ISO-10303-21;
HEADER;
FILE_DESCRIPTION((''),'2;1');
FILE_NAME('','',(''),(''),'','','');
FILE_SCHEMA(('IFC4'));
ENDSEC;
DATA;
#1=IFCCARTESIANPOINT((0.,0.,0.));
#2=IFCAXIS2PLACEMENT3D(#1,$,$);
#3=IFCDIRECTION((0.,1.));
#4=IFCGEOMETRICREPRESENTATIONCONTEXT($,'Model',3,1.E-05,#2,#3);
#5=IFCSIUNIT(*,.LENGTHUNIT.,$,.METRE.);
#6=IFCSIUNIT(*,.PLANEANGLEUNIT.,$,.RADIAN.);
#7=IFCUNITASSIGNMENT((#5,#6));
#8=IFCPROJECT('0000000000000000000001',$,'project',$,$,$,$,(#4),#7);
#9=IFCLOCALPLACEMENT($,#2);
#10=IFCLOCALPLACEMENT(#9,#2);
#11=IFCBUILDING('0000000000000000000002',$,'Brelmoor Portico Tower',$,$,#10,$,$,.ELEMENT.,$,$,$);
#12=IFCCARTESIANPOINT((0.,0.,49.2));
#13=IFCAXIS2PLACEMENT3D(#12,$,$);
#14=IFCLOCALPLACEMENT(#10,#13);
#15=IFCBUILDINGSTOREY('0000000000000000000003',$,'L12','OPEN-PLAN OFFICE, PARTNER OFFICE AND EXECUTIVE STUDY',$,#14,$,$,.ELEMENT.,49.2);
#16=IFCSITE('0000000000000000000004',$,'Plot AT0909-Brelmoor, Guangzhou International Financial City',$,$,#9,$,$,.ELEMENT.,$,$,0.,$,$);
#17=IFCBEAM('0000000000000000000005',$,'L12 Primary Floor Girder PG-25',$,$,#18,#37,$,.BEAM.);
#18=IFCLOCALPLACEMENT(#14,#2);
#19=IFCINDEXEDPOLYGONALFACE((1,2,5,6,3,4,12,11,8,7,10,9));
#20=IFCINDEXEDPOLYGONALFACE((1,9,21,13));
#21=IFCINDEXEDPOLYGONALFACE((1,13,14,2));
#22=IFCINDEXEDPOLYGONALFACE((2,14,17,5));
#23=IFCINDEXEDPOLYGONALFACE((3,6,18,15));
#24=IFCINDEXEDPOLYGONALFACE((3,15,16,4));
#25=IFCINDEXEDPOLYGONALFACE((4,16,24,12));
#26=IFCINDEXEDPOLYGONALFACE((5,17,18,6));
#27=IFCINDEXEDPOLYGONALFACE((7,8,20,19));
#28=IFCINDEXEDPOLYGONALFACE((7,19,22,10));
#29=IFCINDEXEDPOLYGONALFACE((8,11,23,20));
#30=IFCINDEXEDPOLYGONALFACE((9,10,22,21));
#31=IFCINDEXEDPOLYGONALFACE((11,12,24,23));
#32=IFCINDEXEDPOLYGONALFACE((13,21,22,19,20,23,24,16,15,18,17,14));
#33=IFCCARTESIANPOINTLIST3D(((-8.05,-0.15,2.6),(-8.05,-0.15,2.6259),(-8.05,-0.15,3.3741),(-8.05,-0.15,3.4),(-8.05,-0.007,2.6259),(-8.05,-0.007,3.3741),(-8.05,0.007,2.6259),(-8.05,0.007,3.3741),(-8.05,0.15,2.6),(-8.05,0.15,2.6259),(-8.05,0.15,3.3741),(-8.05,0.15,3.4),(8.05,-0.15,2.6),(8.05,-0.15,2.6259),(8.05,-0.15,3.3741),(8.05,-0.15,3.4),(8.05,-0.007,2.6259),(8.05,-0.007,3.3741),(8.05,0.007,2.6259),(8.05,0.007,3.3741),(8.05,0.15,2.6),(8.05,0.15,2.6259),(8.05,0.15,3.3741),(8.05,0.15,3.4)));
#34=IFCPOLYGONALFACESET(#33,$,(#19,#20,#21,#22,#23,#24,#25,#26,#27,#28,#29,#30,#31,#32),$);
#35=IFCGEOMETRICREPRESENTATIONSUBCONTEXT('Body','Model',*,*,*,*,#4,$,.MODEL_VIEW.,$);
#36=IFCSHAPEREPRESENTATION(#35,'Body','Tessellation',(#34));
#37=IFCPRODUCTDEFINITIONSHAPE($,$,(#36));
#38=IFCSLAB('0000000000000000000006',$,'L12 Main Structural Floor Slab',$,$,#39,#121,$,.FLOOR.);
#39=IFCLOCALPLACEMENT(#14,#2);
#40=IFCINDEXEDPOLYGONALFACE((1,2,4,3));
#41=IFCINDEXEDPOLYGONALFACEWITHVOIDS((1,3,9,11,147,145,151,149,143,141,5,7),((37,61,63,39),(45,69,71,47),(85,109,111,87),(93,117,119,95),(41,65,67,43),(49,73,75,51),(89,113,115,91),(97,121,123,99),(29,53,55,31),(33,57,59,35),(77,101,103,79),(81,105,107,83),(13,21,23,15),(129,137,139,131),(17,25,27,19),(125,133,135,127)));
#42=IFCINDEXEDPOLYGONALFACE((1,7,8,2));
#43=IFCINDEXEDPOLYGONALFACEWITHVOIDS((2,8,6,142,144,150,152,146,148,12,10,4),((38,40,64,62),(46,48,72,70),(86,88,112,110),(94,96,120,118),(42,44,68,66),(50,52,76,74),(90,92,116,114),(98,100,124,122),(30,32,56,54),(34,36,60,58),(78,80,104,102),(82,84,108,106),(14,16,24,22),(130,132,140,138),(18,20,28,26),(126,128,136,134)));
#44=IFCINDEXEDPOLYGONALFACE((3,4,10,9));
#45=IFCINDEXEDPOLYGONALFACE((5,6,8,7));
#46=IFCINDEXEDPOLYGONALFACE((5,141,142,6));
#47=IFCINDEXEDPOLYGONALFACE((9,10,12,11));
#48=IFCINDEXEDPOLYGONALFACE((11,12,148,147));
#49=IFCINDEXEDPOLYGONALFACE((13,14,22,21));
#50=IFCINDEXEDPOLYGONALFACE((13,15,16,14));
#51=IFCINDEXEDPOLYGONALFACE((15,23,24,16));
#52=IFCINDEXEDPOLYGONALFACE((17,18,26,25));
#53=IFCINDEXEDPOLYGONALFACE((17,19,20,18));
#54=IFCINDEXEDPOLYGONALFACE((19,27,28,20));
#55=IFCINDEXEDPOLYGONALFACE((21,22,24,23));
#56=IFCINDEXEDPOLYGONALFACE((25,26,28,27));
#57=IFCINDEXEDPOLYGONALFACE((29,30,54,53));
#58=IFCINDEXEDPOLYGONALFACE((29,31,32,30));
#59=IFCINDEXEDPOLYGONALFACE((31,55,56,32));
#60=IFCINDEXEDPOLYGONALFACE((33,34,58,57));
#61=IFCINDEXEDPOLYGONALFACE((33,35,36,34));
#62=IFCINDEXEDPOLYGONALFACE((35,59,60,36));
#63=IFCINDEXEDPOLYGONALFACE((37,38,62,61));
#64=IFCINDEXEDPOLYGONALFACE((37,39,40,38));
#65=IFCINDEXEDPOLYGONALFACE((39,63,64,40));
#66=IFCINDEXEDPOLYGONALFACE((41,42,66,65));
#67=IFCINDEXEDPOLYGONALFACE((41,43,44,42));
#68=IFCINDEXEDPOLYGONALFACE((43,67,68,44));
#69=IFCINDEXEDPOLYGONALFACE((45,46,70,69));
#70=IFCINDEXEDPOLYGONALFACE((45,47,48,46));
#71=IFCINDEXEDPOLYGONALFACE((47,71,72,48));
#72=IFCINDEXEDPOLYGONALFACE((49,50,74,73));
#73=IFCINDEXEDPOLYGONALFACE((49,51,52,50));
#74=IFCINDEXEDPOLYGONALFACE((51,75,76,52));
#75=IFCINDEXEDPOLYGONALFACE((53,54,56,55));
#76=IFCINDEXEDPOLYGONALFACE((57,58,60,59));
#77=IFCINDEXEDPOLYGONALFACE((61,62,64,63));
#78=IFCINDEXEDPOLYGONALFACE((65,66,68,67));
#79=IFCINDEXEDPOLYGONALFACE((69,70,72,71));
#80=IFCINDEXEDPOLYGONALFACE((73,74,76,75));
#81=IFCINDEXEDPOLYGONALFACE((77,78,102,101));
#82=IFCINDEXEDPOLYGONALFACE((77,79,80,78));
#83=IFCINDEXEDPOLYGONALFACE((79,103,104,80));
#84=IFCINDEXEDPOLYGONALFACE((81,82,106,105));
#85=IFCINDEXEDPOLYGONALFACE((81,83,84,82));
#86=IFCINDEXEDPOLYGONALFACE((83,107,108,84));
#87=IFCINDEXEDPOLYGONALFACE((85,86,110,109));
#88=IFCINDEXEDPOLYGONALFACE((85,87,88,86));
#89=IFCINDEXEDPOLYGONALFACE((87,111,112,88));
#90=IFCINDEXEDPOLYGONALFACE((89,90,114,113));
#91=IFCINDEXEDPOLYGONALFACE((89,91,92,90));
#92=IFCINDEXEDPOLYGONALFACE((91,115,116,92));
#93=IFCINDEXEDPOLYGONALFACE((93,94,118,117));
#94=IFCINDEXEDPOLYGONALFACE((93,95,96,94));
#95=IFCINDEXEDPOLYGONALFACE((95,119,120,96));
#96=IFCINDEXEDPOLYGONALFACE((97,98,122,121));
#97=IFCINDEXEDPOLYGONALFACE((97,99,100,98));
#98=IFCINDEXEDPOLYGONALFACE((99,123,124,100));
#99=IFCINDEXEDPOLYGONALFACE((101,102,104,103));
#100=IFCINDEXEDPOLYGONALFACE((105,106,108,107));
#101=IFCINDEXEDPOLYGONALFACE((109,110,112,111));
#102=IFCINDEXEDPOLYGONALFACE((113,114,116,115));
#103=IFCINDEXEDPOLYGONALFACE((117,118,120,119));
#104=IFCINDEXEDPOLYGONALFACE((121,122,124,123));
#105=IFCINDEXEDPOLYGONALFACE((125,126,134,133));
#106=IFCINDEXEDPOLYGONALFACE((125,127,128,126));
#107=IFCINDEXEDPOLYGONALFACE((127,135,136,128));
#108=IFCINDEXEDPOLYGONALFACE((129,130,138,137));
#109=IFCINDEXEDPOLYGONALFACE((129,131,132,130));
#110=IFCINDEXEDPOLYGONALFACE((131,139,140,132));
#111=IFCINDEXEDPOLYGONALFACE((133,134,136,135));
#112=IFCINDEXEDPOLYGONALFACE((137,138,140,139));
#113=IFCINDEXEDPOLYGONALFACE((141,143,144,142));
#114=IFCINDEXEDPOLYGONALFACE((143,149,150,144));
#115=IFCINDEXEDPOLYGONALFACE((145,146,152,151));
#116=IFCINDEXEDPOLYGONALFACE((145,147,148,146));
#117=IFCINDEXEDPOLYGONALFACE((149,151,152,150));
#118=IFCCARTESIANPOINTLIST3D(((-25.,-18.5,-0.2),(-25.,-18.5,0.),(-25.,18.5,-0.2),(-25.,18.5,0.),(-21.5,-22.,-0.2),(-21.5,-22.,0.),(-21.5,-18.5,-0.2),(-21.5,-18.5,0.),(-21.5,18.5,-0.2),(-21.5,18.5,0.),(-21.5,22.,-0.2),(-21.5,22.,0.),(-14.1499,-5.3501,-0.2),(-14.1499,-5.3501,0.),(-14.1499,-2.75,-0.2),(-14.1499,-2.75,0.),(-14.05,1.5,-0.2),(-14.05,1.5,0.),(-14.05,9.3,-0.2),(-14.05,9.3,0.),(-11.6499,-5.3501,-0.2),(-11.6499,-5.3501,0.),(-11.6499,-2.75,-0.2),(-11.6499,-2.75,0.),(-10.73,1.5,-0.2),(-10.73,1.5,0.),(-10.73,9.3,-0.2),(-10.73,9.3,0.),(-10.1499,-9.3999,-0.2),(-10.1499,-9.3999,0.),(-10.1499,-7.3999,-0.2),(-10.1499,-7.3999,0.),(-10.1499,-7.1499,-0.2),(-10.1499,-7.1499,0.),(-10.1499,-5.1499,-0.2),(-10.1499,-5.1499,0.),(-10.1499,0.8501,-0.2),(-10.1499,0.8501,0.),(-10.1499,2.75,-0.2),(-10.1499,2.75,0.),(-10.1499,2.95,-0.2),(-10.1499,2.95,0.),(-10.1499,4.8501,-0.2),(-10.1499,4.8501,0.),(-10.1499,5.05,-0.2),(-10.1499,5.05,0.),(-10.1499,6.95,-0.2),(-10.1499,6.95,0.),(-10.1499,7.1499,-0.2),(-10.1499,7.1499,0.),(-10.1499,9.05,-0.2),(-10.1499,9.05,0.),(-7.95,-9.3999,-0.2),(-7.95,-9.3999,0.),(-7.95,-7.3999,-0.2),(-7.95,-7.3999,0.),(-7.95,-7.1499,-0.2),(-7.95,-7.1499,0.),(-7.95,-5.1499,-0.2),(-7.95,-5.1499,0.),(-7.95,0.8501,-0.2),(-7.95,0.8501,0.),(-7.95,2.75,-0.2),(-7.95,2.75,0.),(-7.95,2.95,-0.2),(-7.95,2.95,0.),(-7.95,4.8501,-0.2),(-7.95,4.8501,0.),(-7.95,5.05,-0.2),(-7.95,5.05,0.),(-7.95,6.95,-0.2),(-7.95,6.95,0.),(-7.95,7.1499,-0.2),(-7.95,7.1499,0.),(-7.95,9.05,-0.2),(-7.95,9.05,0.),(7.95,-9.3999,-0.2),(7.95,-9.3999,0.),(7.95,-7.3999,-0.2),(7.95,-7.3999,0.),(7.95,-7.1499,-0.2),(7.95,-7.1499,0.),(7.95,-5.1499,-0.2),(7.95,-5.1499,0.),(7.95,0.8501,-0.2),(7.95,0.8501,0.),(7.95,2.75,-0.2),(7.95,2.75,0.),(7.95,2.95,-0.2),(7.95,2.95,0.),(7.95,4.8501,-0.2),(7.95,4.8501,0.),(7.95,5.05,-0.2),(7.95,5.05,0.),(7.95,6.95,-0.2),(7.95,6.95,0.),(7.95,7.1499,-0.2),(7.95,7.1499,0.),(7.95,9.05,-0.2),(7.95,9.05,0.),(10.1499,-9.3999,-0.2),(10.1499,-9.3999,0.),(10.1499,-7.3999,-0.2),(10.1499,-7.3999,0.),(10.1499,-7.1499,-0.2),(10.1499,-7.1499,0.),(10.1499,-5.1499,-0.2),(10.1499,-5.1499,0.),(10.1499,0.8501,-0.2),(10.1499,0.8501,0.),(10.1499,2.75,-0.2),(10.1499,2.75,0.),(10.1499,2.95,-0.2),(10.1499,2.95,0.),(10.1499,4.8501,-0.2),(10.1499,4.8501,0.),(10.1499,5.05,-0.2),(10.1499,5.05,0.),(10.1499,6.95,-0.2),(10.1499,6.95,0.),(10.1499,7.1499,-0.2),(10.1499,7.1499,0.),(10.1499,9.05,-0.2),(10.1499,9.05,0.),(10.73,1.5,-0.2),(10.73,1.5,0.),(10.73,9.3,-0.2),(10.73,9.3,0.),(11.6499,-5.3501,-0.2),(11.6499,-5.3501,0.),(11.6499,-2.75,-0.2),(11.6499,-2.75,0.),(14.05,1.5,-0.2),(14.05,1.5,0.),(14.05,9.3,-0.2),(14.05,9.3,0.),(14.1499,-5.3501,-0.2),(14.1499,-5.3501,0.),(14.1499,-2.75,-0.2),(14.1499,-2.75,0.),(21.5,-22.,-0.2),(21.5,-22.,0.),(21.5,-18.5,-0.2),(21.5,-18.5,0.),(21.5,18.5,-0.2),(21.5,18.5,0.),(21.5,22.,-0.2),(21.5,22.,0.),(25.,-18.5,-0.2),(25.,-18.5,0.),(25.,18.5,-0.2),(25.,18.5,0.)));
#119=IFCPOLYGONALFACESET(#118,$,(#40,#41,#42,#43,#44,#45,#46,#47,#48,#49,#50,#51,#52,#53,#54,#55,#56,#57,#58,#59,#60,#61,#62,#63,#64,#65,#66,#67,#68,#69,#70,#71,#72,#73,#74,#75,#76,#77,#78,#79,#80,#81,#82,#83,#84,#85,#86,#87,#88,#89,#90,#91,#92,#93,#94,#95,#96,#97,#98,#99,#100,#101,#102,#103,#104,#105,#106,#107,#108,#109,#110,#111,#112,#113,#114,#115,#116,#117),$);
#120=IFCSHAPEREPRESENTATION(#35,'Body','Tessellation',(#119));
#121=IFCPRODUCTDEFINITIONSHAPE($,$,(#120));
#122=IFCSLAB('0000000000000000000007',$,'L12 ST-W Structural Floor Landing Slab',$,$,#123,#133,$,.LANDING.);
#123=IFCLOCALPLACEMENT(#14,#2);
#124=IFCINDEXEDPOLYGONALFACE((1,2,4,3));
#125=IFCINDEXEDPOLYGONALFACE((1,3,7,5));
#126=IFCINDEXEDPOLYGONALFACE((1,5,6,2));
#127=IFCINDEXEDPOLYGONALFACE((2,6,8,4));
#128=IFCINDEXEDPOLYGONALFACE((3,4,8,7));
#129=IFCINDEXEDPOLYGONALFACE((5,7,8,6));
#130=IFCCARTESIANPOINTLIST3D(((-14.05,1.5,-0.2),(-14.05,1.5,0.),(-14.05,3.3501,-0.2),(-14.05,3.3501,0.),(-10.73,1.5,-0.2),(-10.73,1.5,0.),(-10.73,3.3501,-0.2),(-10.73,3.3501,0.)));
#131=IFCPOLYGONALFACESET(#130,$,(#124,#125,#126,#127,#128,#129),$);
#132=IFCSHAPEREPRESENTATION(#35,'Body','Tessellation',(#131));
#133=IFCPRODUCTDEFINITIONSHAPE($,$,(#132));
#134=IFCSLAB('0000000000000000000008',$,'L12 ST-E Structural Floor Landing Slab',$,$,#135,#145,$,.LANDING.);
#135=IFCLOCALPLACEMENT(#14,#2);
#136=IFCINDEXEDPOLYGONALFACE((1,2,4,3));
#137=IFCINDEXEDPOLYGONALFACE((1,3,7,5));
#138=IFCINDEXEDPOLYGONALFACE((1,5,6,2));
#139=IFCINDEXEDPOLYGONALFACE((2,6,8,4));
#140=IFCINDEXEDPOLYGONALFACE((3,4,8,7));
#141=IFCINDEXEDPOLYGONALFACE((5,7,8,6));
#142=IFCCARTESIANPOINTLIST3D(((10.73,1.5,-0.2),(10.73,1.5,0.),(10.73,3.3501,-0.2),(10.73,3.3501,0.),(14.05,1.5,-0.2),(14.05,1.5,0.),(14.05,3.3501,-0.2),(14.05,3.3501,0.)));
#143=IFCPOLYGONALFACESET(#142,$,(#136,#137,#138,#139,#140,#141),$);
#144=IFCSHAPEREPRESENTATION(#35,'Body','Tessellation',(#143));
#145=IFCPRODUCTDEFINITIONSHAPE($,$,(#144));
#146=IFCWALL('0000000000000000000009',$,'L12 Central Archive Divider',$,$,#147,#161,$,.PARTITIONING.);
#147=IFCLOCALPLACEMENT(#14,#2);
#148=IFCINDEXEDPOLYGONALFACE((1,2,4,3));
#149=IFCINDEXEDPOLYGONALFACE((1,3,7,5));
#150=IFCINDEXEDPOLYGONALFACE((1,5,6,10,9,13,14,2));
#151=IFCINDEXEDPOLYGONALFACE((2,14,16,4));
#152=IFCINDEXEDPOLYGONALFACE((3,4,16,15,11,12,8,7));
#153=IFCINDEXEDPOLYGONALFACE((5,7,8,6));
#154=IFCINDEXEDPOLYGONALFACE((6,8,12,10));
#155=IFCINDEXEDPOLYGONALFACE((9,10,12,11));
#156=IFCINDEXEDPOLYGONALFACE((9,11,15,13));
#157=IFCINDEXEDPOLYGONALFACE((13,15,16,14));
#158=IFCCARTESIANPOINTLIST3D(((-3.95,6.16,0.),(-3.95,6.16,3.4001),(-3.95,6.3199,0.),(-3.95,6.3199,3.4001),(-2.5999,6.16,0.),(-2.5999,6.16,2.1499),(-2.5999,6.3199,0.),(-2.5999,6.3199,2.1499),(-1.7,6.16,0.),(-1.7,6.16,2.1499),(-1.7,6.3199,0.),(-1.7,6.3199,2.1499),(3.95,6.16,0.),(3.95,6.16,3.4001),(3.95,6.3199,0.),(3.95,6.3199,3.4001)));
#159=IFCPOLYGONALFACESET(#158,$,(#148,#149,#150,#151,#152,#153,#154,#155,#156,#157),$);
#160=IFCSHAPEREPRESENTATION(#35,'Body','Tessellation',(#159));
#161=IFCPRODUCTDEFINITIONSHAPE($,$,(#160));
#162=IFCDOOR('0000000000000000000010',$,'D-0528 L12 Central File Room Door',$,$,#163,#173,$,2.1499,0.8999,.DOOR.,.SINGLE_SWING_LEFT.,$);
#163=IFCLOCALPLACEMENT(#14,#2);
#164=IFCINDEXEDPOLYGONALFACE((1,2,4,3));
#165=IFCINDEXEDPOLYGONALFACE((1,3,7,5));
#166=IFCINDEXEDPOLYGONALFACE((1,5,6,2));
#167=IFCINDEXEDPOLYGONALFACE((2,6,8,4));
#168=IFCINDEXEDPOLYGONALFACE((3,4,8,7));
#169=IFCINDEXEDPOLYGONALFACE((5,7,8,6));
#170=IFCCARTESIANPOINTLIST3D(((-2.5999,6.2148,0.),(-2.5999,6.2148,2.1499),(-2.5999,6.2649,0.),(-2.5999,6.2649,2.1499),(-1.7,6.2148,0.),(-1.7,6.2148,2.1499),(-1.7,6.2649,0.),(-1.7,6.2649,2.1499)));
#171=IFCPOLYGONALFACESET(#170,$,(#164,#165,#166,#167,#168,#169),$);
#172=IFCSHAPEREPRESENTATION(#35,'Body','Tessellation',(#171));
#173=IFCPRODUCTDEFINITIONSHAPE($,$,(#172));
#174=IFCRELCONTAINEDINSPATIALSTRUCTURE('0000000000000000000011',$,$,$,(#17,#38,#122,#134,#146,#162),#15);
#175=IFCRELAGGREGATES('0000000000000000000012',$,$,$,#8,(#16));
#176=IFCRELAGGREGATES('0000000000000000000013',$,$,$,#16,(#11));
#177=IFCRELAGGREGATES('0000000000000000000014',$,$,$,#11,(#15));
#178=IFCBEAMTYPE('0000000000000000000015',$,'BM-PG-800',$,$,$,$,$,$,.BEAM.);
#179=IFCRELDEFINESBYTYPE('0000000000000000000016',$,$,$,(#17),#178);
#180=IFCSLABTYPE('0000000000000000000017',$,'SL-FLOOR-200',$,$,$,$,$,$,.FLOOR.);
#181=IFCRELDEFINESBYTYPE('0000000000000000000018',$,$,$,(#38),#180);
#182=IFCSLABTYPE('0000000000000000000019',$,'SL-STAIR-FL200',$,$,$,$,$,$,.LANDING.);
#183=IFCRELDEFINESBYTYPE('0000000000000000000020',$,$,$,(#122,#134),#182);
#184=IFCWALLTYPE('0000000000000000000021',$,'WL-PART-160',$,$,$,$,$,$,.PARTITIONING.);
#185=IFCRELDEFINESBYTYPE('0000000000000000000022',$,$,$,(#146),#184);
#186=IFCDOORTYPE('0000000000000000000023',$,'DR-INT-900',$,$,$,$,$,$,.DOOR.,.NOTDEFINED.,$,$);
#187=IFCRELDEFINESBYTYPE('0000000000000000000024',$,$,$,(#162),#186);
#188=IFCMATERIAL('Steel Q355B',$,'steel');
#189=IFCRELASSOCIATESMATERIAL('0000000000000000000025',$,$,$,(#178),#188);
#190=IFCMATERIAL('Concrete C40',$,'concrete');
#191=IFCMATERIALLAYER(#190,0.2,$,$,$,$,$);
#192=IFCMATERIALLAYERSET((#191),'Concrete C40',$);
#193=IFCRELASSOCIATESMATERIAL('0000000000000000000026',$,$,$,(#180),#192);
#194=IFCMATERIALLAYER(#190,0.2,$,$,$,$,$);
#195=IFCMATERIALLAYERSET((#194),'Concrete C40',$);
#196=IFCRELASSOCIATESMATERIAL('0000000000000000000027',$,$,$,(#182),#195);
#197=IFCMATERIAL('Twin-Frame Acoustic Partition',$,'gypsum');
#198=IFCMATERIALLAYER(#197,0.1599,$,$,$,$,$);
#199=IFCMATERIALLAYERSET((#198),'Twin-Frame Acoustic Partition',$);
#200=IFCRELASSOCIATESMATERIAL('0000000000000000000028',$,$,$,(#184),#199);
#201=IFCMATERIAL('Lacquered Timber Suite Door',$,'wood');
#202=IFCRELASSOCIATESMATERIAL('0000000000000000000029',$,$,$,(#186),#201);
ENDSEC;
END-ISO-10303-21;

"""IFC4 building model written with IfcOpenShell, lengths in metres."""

from ifc_helpers import new_model, si_unit, direction, frame, frame_2d, origin, origin_2d, place, context, subcontext, project, spatial, polyline, rectangle, i_section, outline, extrude, material, layer, layer_set, material_profile, profile_set, type_object, element, fill, save


model = new_model("IFC4")

# Units and contexts
model_context = context("Model", 3, precision=1e-05, world=origin(), true_north=direction((0.0, 1.0)))
body_context = subcontext(model_context, "Body", "Model", "MODEL_VIEW")
ifc_project = project(units=[si_unit("LENGTHUNIT", "METRE"), si_unit("PLANEANGLEUNIT", "RADIAN")], contexts=[model_context])

# Site, building, storey
site_placement = place(None, origin())
site = spatial("IfcSite", under=ifc_project, at=site_placement, Name="Plot AT0909-Brelmoor, Guangzhou International Financial City", CompositionType="ELEMENT", RefElevation=0.0)
building_placement = place(site_placement, origin())
building = spatial("IfcBuilding", under=site, at=building_placement, Name="Brelmoor Portico Tower", CompositionType="ELEMENT")
storey_placement = place(building_placement, frame((0.0, 0.0, 49.2)))
storey = spatial("IfcBuildingStorey", under=building, at=storey_placement, Name="L12", Description="OPEN-PLAN OFFICE, PARTNER OFFICE AND EXECUTIVE STUDY", CompositionType="ELEMENT", Elevation=49.2)

# Beam
ifc_material_1 = material(Name="Steel Q355B", Category="steel")
ifc_material_profile = material_profile(ifc_material_1, i_section(OverallWidth=0.3, OverallDepth=0.8, WebThickness=0.0139, FlangeThickness=0.0259, at=origin_2d()), Name="HN 800x300x14x26")
ifc_profile_set = profile_set([ifc_material_profile], Name="Steel Q355B")
beam_type = type_object("IfcBeamType", Name="BM-PG-800", PredefinedType="BEAM", material=ifc_profile_set)
beam_placement = place(storey_placement, frame((-8.05, 0.0, 3.0), z_axis=(1.0, 0.0, 0.0), x_axis=(0.0, 1.0, 0.0)))
element("IfcBeam", 1, at=beam_placement, inside=storey, type_object=beam_type, Name="L12 Primary Floor Girder PG-25", PredefinedType="BEAM", context=body_context, shape_type="SweptSolid", body=[
    extrude(i_section(OverallWidth=0.3, OverallDepth=0.8, WebThickness=0.0139, FlangeThickness=0.0259, at=origin_2d()), origin(), (0.0, 0.0, 1.0), 16.1001),
])

# Slabs
ifc_material_2 = material(Name="Concrete C40", Category="concrete")
ifc_layer_1 = layer(ifc_material_2, 0.2)
ifc_layer_set_1 = layer_set([ifc_layer_1], Name="Concrete C40")
slab_type_1 = type_object("IfcSlabType", Name="SL-FLOOR-200", PredefinedType="FLOOR", material=ifc_layer_set_1)
slab_1_placement = place(storey_placement, frame((0.0, 0.0, -0.2)))
element("IfcSlab", 2, at=slab_1_placement, inside=storey, type_object=slab_type_1, Name="L12 Main Structural Floor Slab", PredefinedType="FLOOR", context=body_context, shape_type="SweptSolid", body=[
    extrude(outline(polyline([(-21.5, -22.0), (21.5, -22.0), (21.5, -18.5), (25.0, -18.5), (25.0, 18.5), (21.5, 18.5), (21.5, 22.0), (-21.5, 22.0), (-21.5, 18.5), (-25.0, 18.5), (-25.0, -18.5), (-21.5, -18.5), (-21.5, -22.0)]), holes=[polyline([(-10.73, 1.5), (-10.73, 9.3), (-14.05, 9.3), (-14.05, 1.5), (-10.73, 1.5)]), polyline([(14.05, 1.5), (14.05, 9.3), (10.73, 9.3), (10.73, 1.5), (14.05, 1.5)]), polyline([(-10.1499, 0.8501), (-7.95, 0.8501), (-7.95, 2.75), (-10.1499, 2.75), (-10.1499, 0.8501)]), polyline([(-10.1499, 2.95), (-7.95, 2.95), (-7.95, 4.8501), (-10.1499, 4.8501), (-10.1499, 2.95)]), polyline([(-10.1499, 5.05), (-7.95, 5.05), (-7.95, 6.95), (-10.1499, 6.95), (-10.1499, 5.05)]), polyline([(-10.1499, 7.1499), (-7.95, 7.1499), (-7.95, 9.05), (-10.1499, 9.05), (-10.1499, 7.1499)]), polyline([(7.95, 0.8501), (10.1499, 0.8501), (10.1499, 2.75), (7.95, 2.75), (7.95, 0.8501)]), polyline([(7.95, 2.95), (10.1499, 2.95), (10.1499, 4.8501), (7.95, 4.8501), (7.95, 2.95)]), polyline([(7.95, 5.05), (10.1499, 5.05), (10.1499, 6.95), (7.95, 6.95), (7.95, 5.05)]), polyline([(7.95, 7.1499), (10.1499, 7.1499), (10.1499, 9.05), (7.95, 9.05), (7.95, 7.1499)]), polyline([(-10.1499, -9.3999), (-7.95, -9.3999), (-7.95, -7.3999), (-10.1499, -7.3999), (-10.1499, -9.3999)]), polyline([(-10.1499, -7.1499), (-7.95, -7.1499), (-7.95, -5.1499), (-10.1499, -5.1499), (-10.1499, -7.1499)]), polyline([(7.95, -9.3999), (10.1499, -9.3999), (10.1499, -7.3999), (7.95, -7.3999), (7.95, -9.3999)]), polyline([(7.95, -7.1499), (10.1499, -7.1499), (10.1499, -5.1499), (7.95, -5.1499), (7.95, -7.1499)]), polyline([(-14.1499, -5.3501), (-11.6499, -5.3501), (-11.6499, -2.75), (-14.1499, -2.75), (-14.1499, -5.3501)]), polyline([(11.6499, -5.3501), (14.1499, -5.3501), (14.1499, -2.75), (11.6499, -2.75), (11.6499, -5.3501)])]), origin(), (0.0, 0.0, 1.0), 0.2),
])
ifc_layer_2 = layer(ifc_material_2, 0.2)
ifc_layer_set_2 = layer_set([ifc_layer_2], Name="Concrete C40")
slab_type_2 = type_object("IfcSlabType", Name="SL-STAIR-FL200", PredefinedType="LANDING", material=ifc_layer_set_2)
slab_2_placement = place(storey_placement, frame((0.0, 0.0, -0.2)))
element("IfcSlab", 3, at=slab_2_placement, inside=storey, type_object=slab_type_2, Name="L12 ST-W Structural Floor Landing Slab", PredefinedType="LANDING", context=body_context, shape_type="SweptSolid", body=[
    extrude(outline(polyline([(-10.73, 1.5), (-10.73, 3.3501), (-14.05, 3.3501), (-14.05, 1.5), (-10.73, 1.5)])), origin(), (0.0, 0.0, 1.0), 0.2),
])
slab_3_placement = place(storey_placement, frame((0.0, 0.0, -0.2)))
element("IfcSlab", 4, at=slab_3_placement, inside=storey, type_object=slab_type_2, Name="L12 ST-E Structural Floor Landing Slab", PredefinedType="LANDING", context=body_context, shape_type="SweptSolid", body=[
    extrude(outline(polyline([(14.05, 1.5), (14.05, 3.3501), (10.73, 3.3501), (10.73, 1.5), (14.05, 1.5)])), origin(), (0.0, 0.0, 1.0), 0.2),
])

# Wall, opening, door
ifc_material_3 = material(Name="Twin-Frame Acoustic Partition", Category="gypsum")
ifc_layer_3 = layer(ifc_material_3, 0.1599)
ifc_layer_set_3 = layer_set([ifc_layer_3], Name="Twin-Frame Acoustic Partition")
wall_type_1 = type_object("IfcWallType", Name="WL-PART-160", PredefinedType="PARTITIONING", material=ifc_layer_set_3)
wall_1_placement = place(storey_placement, frame((-3.95, 6.24, 0.0), z_axis=(0.0, 0.0, 1.0), x_axis=(1.0, 0.0, 0.0)))
wall_1 = element("IfcWall", 5, at=wall_1_placement, inside=storey, type_object=wall_type_1, Name="L12 Central Archive Divider", PredefinedType="PARTITIONING", context=body_context, shape_type="SweptSolid", body=[
    extrude(rectangle(XDim=7.8999, YDim=0.1599, at=frame_2d((3.95, 0.0))), origin(), (0.0, 0.0, 1.0), 3.4001),
])
opening_1_placement = place(wall_1_placement, frame((1.3501, 0.0, 0.0)))
opening_1 = element("IfcOpeningElement", 6, at=opening_1_placement, cuts=wall_1, PredefinedType="OPENING", context=body_context, shape_type="SweptSolid", body=[
    extrude(rectangle(XDim=0.8999, YDim=2.1499, at=frame_2d((0.45, 1.075))), frame((0.0, 0.0898, 0.0), z_axis=(0.0, -1.0, 0.0), x_axis=(1.0, 0.0, 0.0)), (0.0, 0.0, 1.0), 0.1799),
])
ifc_material_4 = material(Name="Lacquered Timber Suite Door", Category="wood")
door_type_1 = type_object("IfcDoorType", Name="DR-INT-900", OperationType="NOTDEFINED", PredefinedType="DOOR", material=ifc_material_4)
door_1_placement = place(opening_1_placement, origin())
door_1 = element("IfcDoor", 7, at=door_1_placement, inside=storey, type_object=door_type_1, Name="D-0528 L12 Central File Room Door", OperationType="SINGLE_SWING_LEFT", OverallHeight=2.1499, OverallWidth=0.8999, PredefinedType="DOOR", context=body_context, shape_type="SweptSolid", body=[
    extrude(rectangle(XDim=0.8999, YDim=2.1499, at=frame_2d((0.45, 1.075))), frame((0.0, 0.0249, 0.0), z_axis=(0.0, -1.0, 0.0), x_axis=(1.0, 0.0, 0.0)), (0.0, 0.0, 1.0), 0.05),
])
fill(opening_1, door_1)

save(model, "model.ifc")
